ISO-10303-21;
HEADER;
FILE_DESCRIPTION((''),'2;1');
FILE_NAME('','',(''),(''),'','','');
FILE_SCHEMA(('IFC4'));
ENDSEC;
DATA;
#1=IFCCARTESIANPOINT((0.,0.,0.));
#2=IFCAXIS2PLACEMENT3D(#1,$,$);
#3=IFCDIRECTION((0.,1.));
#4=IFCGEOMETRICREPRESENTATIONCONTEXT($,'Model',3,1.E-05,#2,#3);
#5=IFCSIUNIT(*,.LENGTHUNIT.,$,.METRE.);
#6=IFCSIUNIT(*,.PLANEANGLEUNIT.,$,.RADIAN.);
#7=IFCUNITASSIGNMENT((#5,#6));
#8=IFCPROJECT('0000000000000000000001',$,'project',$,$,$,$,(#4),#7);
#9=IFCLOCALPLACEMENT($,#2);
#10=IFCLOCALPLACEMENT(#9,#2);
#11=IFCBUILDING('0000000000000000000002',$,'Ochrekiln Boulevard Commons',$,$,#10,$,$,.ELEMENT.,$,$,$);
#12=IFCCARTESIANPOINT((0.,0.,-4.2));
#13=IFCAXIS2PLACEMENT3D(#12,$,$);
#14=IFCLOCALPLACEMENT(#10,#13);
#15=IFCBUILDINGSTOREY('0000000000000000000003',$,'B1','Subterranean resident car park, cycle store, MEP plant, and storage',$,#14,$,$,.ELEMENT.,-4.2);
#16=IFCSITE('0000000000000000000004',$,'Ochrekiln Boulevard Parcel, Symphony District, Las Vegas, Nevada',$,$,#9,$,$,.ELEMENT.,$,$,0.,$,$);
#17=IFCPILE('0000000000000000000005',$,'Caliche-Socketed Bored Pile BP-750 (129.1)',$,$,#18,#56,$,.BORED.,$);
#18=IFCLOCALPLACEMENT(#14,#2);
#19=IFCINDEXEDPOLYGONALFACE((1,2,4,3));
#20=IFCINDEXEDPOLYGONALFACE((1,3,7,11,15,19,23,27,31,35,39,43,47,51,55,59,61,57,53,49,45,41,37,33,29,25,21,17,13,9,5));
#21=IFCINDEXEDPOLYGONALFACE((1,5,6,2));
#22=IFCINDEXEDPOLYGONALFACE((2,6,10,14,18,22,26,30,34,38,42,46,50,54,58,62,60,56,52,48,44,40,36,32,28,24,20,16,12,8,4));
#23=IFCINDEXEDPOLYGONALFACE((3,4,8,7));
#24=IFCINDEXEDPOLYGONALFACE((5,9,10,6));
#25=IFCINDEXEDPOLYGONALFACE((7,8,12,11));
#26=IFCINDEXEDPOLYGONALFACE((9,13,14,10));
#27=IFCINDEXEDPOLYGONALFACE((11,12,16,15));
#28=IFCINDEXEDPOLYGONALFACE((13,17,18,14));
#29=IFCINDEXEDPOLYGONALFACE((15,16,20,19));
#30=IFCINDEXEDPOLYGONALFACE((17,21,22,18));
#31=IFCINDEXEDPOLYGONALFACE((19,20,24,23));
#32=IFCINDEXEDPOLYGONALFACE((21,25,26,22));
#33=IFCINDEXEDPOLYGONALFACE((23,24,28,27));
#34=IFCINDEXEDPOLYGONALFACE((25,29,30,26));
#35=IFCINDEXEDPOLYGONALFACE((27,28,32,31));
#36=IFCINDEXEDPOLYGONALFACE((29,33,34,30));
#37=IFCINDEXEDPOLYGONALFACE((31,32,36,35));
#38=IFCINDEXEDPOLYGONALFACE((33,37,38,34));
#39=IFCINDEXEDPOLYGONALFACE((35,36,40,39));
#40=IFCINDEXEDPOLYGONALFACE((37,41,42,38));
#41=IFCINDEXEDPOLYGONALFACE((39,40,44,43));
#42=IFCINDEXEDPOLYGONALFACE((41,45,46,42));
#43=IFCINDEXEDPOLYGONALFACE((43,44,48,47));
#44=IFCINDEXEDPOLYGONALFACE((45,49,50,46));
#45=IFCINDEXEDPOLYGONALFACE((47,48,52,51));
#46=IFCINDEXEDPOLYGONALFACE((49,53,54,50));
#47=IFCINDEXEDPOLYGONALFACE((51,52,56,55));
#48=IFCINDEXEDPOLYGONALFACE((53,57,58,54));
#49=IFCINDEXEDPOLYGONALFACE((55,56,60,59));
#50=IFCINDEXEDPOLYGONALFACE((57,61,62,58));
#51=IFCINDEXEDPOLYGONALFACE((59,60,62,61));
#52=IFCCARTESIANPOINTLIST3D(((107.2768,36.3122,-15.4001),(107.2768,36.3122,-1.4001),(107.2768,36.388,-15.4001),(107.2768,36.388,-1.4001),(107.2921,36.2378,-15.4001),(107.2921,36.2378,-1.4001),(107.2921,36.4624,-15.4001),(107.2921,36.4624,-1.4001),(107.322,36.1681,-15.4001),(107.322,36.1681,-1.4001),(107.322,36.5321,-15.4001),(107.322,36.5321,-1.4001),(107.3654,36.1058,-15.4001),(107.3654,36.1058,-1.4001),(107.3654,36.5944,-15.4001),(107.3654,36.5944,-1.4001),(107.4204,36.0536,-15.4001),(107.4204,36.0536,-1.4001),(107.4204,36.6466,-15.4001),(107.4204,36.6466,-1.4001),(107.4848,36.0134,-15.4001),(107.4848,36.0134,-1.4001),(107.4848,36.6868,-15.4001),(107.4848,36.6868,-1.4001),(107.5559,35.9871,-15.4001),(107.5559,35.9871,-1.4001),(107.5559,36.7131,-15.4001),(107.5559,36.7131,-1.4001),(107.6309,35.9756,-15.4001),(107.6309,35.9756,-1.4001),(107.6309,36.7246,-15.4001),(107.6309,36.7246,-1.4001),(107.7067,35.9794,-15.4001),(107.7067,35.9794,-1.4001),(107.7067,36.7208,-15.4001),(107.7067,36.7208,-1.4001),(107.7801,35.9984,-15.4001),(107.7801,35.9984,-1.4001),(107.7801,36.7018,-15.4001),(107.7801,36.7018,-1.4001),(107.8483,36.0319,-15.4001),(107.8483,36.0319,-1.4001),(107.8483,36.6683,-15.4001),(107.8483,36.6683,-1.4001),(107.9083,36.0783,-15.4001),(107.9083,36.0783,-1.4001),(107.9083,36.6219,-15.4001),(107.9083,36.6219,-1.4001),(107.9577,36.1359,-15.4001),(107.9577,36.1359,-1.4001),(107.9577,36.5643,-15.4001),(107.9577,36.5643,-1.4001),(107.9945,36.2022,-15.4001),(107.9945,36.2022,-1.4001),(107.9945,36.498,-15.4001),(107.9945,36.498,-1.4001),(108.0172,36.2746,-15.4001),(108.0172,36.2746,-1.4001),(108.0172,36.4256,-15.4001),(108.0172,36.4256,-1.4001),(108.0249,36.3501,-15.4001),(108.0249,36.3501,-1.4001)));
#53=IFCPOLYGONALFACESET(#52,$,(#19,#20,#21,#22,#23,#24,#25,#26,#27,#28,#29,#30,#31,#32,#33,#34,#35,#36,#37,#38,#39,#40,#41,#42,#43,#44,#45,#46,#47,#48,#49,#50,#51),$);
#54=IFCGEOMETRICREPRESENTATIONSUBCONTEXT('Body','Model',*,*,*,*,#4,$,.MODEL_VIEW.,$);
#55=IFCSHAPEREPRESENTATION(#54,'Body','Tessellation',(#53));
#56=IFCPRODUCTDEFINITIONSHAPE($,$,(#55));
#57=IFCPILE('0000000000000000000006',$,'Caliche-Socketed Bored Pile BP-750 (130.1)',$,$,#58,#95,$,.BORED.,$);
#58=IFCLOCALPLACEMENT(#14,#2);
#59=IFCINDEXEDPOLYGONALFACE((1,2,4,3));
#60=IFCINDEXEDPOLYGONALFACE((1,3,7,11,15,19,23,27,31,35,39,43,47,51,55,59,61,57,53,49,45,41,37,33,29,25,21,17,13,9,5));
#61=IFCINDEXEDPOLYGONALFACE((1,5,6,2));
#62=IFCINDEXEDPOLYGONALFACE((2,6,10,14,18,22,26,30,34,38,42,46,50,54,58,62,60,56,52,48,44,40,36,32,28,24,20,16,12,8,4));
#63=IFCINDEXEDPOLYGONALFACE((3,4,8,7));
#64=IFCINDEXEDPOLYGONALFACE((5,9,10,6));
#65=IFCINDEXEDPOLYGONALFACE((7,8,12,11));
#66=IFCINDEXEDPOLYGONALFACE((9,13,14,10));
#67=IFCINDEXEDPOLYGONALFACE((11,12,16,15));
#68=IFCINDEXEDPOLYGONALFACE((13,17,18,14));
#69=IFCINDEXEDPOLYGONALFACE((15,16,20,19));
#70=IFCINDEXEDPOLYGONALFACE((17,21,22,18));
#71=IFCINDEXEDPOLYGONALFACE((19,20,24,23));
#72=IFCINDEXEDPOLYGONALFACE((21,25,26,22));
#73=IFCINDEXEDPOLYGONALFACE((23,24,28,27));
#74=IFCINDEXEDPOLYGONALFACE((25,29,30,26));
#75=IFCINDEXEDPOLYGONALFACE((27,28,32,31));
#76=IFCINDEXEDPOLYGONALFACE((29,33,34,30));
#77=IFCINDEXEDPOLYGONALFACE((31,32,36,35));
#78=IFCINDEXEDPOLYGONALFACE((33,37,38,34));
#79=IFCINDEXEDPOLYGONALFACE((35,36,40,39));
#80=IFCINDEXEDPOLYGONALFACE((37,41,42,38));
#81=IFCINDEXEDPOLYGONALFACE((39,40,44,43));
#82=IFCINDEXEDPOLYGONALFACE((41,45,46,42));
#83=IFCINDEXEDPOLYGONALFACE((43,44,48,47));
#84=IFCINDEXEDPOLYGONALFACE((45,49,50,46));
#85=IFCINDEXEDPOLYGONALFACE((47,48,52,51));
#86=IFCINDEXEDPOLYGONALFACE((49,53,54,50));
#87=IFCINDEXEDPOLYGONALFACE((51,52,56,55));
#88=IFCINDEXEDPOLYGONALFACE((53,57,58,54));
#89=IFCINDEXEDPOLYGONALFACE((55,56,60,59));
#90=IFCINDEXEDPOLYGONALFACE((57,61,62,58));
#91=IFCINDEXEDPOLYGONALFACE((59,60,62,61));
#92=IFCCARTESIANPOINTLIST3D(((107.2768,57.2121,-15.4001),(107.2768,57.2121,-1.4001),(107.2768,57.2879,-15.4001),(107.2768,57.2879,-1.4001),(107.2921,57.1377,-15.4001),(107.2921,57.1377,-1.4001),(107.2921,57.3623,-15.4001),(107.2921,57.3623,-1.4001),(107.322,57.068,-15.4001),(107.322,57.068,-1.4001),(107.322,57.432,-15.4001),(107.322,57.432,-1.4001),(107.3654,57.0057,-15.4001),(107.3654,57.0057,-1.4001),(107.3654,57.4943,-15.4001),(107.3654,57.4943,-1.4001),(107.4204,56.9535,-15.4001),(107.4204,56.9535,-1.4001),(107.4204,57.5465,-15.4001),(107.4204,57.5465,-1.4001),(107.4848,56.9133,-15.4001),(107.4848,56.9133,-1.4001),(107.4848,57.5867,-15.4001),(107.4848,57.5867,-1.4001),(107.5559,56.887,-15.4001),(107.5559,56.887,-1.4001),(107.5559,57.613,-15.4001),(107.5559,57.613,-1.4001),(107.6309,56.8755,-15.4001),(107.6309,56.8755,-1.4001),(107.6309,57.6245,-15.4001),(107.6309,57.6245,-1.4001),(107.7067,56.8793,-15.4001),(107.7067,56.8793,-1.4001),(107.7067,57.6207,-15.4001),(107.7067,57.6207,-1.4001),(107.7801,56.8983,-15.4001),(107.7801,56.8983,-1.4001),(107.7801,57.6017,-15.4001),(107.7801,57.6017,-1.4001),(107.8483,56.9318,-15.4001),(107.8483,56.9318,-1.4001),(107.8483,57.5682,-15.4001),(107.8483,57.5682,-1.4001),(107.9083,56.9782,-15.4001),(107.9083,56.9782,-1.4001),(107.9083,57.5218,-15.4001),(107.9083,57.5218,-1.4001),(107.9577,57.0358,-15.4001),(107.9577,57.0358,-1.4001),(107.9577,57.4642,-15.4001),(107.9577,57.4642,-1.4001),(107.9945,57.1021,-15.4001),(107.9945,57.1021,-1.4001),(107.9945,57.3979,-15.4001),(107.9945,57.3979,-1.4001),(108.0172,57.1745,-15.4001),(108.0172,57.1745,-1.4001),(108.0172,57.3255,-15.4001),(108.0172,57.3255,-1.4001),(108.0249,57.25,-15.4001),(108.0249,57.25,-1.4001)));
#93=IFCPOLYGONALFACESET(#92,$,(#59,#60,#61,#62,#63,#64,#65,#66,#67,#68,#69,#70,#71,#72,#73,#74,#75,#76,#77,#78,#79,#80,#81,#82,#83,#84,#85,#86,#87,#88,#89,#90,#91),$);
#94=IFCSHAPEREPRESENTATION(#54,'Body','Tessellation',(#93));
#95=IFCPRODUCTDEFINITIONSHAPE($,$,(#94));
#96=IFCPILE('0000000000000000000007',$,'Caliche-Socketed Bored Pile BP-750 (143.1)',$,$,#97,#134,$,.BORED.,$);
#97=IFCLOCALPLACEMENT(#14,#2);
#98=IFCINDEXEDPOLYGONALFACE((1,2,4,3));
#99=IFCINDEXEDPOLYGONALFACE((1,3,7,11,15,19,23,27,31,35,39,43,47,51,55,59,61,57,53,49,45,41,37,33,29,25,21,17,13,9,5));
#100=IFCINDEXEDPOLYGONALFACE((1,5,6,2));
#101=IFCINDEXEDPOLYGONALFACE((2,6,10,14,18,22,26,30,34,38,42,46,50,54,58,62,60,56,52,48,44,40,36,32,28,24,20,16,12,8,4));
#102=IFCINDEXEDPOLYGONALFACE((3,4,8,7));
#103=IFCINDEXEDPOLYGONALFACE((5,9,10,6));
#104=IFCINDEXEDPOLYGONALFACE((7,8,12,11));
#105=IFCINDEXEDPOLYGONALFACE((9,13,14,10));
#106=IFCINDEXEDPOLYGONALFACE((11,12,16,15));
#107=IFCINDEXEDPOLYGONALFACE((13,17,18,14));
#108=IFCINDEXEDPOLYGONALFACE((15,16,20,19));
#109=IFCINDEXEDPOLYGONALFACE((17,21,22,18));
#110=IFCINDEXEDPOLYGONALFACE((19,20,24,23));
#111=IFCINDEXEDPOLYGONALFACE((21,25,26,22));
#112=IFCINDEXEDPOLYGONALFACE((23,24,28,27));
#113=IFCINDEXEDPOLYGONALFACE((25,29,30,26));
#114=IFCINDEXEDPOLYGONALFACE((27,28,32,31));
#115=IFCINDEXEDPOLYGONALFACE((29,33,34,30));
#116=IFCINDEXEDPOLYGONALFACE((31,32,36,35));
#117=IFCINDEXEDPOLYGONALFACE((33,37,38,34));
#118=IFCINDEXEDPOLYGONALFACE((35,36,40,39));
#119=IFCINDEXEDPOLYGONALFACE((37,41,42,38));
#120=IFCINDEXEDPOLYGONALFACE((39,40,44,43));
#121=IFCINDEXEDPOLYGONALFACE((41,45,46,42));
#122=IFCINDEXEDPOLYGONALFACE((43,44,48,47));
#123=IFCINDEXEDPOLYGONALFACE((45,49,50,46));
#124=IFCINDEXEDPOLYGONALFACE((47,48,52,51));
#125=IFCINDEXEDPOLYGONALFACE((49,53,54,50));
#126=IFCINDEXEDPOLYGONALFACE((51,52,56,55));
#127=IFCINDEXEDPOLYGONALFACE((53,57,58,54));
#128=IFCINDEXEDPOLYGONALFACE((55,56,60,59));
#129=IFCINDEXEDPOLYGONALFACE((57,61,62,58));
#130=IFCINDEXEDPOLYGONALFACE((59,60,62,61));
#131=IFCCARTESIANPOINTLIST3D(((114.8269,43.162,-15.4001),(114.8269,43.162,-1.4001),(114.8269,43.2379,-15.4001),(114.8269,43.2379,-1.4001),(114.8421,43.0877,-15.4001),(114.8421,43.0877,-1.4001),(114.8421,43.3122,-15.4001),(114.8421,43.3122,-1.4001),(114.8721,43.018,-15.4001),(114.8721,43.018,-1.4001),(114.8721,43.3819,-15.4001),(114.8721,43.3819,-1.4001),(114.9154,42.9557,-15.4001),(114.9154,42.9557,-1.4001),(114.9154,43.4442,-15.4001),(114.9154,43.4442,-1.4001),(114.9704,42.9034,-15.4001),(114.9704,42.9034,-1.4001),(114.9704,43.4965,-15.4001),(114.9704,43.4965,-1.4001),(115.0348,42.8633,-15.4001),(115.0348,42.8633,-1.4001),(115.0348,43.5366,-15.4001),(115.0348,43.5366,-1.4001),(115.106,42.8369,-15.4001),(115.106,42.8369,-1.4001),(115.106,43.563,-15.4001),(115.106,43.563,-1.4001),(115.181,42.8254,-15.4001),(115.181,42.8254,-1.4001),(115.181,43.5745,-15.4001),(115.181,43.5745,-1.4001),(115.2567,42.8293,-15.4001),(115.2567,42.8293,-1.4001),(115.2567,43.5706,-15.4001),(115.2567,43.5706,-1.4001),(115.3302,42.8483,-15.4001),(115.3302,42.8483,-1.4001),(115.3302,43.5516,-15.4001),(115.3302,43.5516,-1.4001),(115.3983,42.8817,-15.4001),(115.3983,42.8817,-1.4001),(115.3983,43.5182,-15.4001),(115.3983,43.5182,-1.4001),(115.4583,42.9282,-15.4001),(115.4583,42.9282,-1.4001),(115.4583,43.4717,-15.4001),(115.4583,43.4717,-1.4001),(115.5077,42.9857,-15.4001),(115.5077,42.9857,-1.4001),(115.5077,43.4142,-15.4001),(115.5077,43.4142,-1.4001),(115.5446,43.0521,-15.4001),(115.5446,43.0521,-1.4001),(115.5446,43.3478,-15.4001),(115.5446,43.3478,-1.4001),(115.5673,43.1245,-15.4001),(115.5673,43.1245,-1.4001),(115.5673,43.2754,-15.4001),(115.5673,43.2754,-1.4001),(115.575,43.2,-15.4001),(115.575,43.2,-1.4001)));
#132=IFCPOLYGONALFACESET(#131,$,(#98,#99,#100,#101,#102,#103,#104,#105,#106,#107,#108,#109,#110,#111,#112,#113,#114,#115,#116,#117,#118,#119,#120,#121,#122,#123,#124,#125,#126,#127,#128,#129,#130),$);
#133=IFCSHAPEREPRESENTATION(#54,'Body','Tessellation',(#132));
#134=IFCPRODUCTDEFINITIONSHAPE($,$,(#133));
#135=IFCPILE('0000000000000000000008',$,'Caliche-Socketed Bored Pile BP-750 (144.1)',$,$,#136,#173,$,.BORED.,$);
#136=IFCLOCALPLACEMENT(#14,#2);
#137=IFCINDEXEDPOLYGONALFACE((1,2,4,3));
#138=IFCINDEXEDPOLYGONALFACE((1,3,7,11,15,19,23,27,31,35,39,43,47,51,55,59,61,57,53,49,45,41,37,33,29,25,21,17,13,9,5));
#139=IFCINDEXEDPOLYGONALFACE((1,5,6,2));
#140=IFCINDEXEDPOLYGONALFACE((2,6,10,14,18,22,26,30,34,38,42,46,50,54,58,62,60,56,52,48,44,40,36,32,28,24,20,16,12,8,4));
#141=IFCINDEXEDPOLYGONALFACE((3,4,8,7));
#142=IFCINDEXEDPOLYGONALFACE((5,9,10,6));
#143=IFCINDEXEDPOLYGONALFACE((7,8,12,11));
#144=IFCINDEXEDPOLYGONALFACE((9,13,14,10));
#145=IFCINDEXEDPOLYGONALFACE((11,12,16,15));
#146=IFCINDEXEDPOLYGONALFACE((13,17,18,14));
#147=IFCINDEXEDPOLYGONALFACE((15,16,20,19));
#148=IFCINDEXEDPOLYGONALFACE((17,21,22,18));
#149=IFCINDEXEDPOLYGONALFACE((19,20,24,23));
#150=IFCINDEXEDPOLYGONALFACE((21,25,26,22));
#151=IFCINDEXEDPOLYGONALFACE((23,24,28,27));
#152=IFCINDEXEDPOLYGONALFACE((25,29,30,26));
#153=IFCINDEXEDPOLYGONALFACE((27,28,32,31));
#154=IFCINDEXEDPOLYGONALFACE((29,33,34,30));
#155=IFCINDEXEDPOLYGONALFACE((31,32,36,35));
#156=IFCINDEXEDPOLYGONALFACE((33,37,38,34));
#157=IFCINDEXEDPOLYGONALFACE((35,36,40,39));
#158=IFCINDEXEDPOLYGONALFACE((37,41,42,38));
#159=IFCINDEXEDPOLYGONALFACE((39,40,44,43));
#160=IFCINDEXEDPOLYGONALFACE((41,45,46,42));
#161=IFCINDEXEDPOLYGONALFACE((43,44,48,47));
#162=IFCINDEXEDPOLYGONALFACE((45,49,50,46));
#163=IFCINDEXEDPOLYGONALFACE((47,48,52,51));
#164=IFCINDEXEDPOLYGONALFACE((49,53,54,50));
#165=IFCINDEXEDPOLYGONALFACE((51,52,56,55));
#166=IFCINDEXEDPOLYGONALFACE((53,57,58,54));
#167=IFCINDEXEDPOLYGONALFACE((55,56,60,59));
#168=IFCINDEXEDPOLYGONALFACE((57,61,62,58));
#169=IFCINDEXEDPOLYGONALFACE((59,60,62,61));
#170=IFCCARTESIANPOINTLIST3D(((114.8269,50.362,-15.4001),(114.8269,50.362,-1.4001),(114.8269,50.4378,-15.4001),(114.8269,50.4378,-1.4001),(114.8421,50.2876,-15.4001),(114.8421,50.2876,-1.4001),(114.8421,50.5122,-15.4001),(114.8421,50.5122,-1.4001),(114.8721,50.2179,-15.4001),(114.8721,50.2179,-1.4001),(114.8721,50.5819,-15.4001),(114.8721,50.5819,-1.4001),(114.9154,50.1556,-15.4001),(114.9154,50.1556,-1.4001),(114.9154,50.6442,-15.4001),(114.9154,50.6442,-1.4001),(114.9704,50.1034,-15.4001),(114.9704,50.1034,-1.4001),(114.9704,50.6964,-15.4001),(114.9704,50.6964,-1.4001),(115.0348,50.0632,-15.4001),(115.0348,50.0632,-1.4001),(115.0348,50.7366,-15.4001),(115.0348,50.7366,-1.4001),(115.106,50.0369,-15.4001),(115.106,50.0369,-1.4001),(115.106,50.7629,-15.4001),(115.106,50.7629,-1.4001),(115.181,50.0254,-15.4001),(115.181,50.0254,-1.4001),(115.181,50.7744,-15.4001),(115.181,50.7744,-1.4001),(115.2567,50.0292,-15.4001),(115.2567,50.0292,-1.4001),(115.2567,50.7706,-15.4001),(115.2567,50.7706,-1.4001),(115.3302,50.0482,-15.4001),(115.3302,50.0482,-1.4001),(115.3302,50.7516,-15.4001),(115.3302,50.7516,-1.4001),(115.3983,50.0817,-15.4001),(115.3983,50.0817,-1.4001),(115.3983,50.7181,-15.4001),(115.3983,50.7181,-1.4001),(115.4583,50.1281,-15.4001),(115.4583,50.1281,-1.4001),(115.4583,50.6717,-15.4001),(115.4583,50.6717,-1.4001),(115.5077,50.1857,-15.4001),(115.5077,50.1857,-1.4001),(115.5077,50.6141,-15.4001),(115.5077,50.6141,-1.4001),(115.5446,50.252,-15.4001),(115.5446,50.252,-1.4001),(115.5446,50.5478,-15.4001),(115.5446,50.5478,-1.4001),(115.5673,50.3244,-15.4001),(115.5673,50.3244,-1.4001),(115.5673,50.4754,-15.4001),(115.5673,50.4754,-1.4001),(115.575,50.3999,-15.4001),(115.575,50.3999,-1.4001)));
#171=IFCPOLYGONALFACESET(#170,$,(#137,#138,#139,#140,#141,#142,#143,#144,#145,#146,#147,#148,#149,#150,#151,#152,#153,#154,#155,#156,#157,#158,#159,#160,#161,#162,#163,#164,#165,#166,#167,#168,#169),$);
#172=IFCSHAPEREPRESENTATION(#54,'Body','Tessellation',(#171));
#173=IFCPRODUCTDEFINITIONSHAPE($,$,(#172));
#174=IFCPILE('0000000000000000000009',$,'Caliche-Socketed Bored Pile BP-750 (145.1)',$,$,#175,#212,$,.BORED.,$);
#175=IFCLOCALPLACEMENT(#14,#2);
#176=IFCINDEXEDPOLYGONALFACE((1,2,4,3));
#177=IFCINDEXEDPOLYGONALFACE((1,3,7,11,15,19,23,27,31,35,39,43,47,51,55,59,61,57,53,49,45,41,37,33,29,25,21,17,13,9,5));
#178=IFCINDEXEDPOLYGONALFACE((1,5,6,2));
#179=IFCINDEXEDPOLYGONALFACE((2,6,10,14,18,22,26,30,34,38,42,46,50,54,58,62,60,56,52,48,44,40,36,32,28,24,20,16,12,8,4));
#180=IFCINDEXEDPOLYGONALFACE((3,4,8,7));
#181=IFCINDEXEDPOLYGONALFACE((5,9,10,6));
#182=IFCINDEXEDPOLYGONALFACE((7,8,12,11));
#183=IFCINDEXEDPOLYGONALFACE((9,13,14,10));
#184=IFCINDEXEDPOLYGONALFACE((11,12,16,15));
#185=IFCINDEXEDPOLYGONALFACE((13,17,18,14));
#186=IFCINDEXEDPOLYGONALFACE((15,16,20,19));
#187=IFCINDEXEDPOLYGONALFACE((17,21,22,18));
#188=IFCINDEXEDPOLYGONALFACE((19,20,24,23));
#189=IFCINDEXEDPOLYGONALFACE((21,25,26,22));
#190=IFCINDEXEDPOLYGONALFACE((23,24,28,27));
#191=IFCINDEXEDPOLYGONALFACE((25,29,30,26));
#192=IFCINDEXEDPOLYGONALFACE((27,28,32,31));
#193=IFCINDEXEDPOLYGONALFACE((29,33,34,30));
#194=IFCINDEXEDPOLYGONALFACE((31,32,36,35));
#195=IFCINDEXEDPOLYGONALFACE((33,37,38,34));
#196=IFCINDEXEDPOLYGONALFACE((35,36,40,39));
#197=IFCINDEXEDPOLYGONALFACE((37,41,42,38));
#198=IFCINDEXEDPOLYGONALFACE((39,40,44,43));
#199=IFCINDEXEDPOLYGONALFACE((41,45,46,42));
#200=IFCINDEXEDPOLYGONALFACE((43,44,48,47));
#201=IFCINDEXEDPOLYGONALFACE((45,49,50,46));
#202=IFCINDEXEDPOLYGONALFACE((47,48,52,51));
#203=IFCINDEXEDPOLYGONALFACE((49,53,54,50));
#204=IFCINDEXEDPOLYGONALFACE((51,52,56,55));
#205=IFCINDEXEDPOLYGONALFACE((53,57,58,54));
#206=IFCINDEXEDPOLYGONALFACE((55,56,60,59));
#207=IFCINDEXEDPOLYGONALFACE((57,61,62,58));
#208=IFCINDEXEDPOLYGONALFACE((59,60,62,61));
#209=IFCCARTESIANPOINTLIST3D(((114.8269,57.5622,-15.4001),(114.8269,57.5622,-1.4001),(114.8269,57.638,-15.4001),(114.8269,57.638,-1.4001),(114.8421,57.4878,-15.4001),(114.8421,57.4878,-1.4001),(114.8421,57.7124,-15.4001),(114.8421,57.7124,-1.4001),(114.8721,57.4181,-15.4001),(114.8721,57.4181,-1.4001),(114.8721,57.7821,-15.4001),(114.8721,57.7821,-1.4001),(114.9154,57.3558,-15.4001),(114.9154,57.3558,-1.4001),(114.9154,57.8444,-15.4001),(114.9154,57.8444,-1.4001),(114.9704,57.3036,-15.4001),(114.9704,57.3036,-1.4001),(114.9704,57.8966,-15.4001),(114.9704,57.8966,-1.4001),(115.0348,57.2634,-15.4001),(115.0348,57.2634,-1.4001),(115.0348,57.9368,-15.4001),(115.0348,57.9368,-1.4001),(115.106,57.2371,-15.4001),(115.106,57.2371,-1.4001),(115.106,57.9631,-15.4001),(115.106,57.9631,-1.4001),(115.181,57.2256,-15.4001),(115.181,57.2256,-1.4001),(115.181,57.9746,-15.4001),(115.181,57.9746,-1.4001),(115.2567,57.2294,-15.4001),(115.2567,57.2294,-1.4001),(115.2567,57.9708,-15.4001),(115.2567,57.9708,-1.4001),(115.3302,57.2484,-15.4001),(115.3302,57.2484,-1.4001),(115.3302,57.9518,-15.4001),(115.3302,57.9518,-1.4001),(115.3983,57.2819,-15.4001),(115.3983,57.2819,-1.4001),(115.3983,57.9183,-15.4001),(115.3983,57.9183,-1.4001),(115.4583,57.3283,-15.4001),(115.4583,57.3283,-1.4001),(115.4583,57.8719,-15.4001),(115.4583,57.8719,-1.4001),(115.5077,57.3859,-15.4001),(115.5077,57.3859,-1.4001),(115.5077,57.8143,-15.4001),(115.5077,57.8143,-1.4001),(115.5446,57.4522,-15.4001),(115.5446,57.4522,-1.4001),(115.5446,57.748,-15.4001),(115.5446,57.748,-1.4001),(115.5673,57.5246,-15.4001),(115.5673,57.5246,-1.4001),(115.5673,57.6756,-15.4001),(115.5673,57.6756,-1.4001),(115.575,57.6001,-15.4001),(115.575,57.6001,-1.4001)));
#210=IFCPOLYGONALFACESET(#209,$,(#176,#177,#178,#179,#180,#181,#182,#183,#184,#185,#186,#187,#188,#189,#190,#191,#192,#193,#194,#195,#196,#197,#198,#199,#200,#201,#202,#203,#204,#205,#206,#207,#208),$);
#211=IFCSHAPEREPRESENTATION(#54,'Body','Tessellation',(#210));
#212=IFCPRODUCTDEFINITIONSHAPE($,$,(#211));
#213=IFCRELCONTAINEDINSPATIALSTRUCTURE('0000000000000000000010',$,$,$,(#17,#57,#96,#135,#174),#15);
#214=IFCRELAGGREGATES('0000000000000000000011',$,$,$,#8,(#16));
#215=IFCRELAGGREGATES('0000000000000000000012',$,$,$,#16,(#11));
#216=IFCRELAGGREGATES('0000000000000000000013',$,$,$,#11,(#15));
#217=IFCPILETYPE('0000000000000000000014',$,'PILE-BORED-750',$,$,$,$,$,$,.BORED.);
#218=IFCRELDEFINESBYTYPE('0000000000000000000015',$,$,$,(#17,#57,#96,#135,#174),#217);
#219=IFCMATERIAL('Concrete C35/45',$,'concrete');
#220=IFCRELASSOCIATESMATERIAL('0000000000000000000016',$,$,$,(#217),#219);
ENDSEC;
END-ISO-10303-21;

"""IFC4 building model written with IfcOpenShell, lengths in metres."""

from ifc_helpers import new_model, si_unit, direction, frame, origin, origin_2d, place, context, subcontext, project, spatial, circle, extrude, material, material_profile, profile_set, type_object, element, save


model = new_model("IFC4")

# Units and contexts
model_context = context("Model", 3, precision=1e-05, world=origin(), true_north=direction((0.0, 1.0)))
body_context = subcontext(model_context, "Body", "Model", "MODEL_VIEW")
ifc_project = project(units=[si_unit("LENGTHUNIT", "METRE"), si_unit("PLANEANGLEUNIT", "RADIAN")], contexts=[model_context])

# Site, building, storey
site_placement = place(None, origin())
site = spatial("IfcSite", under=ifc_project, at=site_placement, Name="Ochrekiln Boulevard Parcel, Symphony District, Las Vegas, Nevada", CompositionType="ELEMENT", RefElevation=0.0)
building_placement = place(site_placement, origin())
building = spatial("IfcBuilding", under=site, at=building_placement, Name="Ochrekiln Boulevard Commons", CompositionType="ELEMENT")
storey_placement = place(building_placement, frame((0.0, 0.0, -4.2)))
storey = spatial("IfcBuildingStorey", under=building, at=storey_placement, Name="B1", Description="Subterranean resident car park, cycle store, MEP plant, and storage", CompositionType="ELEMENT", Elevation=-4.2)

# Shared definitions
ifc_material_1 = material(Name="Concrete C35/45", Category="concrete")

# Piles
ifc_material_profile_1 = material_profile(ifc_material_1, circle(Radius=0.375, at=origin_2d()), Name="PILE-D750")
ifc_profile_set_1 = profile_set([ifc_material_profile_1], Name="Concrete C35/45")
pile_type = type_object("IfcPileType", Name="PILE-BORED-750", PredefinedType="BORED", material=ifc_profile_set_1)
for number, where, z_axis, x_axis, name in (
    (1, (107.6499, 36.3501, -1.4001), (0.0, 0.0, -1.0), (1.0, 0.0, 0.0), "Caliche-Socketed Bored Pile BP-750 (129.1)"),
    (2, (107.6499, 57.25, -1.4001), (0.0, 0.0, -1.0), (1.0, 0.0, 0.0), "Caliche-Socketed Bored Pile BP-750 (130.1)"),
    (3, (115.2, 43.2, -1.4001), (0.0, 0.0, -1.0), (1.0, 0.0, 0.0), "Caliche-Socketed Bored Pile BP-750 (143.1)"),
    (4, (115.2, 50.3999, -1.4001), (0.0, 0.0, -1.0), (1.0, 0.0, 0.0), "Caliche-Socketed Bored Pile BP-750 (144.1)"),
    (5, (115.2, 57.6001, -1.4001), (0.0, 0.0, -1.0), (1.0, 0.0, 0.0), "Caliche-Socketed Bored Pile BP-750 (145.1)"),
):
    element("IfcPile", number, at=place(storey_placement, frame(where, z_axis=z_axis, x_axis=x_axis)), inside=storey, type_object=pile_type, Name=name, PredefinedType="BORED", context=body_context, shape_type="SweptSolid", body=[
        extrude(circle(Radius=0.375, at=origin_2d()), origin(), (0.0, 0.0, 1.0), 14.0),
    ])

save(model, "model.ifc")
